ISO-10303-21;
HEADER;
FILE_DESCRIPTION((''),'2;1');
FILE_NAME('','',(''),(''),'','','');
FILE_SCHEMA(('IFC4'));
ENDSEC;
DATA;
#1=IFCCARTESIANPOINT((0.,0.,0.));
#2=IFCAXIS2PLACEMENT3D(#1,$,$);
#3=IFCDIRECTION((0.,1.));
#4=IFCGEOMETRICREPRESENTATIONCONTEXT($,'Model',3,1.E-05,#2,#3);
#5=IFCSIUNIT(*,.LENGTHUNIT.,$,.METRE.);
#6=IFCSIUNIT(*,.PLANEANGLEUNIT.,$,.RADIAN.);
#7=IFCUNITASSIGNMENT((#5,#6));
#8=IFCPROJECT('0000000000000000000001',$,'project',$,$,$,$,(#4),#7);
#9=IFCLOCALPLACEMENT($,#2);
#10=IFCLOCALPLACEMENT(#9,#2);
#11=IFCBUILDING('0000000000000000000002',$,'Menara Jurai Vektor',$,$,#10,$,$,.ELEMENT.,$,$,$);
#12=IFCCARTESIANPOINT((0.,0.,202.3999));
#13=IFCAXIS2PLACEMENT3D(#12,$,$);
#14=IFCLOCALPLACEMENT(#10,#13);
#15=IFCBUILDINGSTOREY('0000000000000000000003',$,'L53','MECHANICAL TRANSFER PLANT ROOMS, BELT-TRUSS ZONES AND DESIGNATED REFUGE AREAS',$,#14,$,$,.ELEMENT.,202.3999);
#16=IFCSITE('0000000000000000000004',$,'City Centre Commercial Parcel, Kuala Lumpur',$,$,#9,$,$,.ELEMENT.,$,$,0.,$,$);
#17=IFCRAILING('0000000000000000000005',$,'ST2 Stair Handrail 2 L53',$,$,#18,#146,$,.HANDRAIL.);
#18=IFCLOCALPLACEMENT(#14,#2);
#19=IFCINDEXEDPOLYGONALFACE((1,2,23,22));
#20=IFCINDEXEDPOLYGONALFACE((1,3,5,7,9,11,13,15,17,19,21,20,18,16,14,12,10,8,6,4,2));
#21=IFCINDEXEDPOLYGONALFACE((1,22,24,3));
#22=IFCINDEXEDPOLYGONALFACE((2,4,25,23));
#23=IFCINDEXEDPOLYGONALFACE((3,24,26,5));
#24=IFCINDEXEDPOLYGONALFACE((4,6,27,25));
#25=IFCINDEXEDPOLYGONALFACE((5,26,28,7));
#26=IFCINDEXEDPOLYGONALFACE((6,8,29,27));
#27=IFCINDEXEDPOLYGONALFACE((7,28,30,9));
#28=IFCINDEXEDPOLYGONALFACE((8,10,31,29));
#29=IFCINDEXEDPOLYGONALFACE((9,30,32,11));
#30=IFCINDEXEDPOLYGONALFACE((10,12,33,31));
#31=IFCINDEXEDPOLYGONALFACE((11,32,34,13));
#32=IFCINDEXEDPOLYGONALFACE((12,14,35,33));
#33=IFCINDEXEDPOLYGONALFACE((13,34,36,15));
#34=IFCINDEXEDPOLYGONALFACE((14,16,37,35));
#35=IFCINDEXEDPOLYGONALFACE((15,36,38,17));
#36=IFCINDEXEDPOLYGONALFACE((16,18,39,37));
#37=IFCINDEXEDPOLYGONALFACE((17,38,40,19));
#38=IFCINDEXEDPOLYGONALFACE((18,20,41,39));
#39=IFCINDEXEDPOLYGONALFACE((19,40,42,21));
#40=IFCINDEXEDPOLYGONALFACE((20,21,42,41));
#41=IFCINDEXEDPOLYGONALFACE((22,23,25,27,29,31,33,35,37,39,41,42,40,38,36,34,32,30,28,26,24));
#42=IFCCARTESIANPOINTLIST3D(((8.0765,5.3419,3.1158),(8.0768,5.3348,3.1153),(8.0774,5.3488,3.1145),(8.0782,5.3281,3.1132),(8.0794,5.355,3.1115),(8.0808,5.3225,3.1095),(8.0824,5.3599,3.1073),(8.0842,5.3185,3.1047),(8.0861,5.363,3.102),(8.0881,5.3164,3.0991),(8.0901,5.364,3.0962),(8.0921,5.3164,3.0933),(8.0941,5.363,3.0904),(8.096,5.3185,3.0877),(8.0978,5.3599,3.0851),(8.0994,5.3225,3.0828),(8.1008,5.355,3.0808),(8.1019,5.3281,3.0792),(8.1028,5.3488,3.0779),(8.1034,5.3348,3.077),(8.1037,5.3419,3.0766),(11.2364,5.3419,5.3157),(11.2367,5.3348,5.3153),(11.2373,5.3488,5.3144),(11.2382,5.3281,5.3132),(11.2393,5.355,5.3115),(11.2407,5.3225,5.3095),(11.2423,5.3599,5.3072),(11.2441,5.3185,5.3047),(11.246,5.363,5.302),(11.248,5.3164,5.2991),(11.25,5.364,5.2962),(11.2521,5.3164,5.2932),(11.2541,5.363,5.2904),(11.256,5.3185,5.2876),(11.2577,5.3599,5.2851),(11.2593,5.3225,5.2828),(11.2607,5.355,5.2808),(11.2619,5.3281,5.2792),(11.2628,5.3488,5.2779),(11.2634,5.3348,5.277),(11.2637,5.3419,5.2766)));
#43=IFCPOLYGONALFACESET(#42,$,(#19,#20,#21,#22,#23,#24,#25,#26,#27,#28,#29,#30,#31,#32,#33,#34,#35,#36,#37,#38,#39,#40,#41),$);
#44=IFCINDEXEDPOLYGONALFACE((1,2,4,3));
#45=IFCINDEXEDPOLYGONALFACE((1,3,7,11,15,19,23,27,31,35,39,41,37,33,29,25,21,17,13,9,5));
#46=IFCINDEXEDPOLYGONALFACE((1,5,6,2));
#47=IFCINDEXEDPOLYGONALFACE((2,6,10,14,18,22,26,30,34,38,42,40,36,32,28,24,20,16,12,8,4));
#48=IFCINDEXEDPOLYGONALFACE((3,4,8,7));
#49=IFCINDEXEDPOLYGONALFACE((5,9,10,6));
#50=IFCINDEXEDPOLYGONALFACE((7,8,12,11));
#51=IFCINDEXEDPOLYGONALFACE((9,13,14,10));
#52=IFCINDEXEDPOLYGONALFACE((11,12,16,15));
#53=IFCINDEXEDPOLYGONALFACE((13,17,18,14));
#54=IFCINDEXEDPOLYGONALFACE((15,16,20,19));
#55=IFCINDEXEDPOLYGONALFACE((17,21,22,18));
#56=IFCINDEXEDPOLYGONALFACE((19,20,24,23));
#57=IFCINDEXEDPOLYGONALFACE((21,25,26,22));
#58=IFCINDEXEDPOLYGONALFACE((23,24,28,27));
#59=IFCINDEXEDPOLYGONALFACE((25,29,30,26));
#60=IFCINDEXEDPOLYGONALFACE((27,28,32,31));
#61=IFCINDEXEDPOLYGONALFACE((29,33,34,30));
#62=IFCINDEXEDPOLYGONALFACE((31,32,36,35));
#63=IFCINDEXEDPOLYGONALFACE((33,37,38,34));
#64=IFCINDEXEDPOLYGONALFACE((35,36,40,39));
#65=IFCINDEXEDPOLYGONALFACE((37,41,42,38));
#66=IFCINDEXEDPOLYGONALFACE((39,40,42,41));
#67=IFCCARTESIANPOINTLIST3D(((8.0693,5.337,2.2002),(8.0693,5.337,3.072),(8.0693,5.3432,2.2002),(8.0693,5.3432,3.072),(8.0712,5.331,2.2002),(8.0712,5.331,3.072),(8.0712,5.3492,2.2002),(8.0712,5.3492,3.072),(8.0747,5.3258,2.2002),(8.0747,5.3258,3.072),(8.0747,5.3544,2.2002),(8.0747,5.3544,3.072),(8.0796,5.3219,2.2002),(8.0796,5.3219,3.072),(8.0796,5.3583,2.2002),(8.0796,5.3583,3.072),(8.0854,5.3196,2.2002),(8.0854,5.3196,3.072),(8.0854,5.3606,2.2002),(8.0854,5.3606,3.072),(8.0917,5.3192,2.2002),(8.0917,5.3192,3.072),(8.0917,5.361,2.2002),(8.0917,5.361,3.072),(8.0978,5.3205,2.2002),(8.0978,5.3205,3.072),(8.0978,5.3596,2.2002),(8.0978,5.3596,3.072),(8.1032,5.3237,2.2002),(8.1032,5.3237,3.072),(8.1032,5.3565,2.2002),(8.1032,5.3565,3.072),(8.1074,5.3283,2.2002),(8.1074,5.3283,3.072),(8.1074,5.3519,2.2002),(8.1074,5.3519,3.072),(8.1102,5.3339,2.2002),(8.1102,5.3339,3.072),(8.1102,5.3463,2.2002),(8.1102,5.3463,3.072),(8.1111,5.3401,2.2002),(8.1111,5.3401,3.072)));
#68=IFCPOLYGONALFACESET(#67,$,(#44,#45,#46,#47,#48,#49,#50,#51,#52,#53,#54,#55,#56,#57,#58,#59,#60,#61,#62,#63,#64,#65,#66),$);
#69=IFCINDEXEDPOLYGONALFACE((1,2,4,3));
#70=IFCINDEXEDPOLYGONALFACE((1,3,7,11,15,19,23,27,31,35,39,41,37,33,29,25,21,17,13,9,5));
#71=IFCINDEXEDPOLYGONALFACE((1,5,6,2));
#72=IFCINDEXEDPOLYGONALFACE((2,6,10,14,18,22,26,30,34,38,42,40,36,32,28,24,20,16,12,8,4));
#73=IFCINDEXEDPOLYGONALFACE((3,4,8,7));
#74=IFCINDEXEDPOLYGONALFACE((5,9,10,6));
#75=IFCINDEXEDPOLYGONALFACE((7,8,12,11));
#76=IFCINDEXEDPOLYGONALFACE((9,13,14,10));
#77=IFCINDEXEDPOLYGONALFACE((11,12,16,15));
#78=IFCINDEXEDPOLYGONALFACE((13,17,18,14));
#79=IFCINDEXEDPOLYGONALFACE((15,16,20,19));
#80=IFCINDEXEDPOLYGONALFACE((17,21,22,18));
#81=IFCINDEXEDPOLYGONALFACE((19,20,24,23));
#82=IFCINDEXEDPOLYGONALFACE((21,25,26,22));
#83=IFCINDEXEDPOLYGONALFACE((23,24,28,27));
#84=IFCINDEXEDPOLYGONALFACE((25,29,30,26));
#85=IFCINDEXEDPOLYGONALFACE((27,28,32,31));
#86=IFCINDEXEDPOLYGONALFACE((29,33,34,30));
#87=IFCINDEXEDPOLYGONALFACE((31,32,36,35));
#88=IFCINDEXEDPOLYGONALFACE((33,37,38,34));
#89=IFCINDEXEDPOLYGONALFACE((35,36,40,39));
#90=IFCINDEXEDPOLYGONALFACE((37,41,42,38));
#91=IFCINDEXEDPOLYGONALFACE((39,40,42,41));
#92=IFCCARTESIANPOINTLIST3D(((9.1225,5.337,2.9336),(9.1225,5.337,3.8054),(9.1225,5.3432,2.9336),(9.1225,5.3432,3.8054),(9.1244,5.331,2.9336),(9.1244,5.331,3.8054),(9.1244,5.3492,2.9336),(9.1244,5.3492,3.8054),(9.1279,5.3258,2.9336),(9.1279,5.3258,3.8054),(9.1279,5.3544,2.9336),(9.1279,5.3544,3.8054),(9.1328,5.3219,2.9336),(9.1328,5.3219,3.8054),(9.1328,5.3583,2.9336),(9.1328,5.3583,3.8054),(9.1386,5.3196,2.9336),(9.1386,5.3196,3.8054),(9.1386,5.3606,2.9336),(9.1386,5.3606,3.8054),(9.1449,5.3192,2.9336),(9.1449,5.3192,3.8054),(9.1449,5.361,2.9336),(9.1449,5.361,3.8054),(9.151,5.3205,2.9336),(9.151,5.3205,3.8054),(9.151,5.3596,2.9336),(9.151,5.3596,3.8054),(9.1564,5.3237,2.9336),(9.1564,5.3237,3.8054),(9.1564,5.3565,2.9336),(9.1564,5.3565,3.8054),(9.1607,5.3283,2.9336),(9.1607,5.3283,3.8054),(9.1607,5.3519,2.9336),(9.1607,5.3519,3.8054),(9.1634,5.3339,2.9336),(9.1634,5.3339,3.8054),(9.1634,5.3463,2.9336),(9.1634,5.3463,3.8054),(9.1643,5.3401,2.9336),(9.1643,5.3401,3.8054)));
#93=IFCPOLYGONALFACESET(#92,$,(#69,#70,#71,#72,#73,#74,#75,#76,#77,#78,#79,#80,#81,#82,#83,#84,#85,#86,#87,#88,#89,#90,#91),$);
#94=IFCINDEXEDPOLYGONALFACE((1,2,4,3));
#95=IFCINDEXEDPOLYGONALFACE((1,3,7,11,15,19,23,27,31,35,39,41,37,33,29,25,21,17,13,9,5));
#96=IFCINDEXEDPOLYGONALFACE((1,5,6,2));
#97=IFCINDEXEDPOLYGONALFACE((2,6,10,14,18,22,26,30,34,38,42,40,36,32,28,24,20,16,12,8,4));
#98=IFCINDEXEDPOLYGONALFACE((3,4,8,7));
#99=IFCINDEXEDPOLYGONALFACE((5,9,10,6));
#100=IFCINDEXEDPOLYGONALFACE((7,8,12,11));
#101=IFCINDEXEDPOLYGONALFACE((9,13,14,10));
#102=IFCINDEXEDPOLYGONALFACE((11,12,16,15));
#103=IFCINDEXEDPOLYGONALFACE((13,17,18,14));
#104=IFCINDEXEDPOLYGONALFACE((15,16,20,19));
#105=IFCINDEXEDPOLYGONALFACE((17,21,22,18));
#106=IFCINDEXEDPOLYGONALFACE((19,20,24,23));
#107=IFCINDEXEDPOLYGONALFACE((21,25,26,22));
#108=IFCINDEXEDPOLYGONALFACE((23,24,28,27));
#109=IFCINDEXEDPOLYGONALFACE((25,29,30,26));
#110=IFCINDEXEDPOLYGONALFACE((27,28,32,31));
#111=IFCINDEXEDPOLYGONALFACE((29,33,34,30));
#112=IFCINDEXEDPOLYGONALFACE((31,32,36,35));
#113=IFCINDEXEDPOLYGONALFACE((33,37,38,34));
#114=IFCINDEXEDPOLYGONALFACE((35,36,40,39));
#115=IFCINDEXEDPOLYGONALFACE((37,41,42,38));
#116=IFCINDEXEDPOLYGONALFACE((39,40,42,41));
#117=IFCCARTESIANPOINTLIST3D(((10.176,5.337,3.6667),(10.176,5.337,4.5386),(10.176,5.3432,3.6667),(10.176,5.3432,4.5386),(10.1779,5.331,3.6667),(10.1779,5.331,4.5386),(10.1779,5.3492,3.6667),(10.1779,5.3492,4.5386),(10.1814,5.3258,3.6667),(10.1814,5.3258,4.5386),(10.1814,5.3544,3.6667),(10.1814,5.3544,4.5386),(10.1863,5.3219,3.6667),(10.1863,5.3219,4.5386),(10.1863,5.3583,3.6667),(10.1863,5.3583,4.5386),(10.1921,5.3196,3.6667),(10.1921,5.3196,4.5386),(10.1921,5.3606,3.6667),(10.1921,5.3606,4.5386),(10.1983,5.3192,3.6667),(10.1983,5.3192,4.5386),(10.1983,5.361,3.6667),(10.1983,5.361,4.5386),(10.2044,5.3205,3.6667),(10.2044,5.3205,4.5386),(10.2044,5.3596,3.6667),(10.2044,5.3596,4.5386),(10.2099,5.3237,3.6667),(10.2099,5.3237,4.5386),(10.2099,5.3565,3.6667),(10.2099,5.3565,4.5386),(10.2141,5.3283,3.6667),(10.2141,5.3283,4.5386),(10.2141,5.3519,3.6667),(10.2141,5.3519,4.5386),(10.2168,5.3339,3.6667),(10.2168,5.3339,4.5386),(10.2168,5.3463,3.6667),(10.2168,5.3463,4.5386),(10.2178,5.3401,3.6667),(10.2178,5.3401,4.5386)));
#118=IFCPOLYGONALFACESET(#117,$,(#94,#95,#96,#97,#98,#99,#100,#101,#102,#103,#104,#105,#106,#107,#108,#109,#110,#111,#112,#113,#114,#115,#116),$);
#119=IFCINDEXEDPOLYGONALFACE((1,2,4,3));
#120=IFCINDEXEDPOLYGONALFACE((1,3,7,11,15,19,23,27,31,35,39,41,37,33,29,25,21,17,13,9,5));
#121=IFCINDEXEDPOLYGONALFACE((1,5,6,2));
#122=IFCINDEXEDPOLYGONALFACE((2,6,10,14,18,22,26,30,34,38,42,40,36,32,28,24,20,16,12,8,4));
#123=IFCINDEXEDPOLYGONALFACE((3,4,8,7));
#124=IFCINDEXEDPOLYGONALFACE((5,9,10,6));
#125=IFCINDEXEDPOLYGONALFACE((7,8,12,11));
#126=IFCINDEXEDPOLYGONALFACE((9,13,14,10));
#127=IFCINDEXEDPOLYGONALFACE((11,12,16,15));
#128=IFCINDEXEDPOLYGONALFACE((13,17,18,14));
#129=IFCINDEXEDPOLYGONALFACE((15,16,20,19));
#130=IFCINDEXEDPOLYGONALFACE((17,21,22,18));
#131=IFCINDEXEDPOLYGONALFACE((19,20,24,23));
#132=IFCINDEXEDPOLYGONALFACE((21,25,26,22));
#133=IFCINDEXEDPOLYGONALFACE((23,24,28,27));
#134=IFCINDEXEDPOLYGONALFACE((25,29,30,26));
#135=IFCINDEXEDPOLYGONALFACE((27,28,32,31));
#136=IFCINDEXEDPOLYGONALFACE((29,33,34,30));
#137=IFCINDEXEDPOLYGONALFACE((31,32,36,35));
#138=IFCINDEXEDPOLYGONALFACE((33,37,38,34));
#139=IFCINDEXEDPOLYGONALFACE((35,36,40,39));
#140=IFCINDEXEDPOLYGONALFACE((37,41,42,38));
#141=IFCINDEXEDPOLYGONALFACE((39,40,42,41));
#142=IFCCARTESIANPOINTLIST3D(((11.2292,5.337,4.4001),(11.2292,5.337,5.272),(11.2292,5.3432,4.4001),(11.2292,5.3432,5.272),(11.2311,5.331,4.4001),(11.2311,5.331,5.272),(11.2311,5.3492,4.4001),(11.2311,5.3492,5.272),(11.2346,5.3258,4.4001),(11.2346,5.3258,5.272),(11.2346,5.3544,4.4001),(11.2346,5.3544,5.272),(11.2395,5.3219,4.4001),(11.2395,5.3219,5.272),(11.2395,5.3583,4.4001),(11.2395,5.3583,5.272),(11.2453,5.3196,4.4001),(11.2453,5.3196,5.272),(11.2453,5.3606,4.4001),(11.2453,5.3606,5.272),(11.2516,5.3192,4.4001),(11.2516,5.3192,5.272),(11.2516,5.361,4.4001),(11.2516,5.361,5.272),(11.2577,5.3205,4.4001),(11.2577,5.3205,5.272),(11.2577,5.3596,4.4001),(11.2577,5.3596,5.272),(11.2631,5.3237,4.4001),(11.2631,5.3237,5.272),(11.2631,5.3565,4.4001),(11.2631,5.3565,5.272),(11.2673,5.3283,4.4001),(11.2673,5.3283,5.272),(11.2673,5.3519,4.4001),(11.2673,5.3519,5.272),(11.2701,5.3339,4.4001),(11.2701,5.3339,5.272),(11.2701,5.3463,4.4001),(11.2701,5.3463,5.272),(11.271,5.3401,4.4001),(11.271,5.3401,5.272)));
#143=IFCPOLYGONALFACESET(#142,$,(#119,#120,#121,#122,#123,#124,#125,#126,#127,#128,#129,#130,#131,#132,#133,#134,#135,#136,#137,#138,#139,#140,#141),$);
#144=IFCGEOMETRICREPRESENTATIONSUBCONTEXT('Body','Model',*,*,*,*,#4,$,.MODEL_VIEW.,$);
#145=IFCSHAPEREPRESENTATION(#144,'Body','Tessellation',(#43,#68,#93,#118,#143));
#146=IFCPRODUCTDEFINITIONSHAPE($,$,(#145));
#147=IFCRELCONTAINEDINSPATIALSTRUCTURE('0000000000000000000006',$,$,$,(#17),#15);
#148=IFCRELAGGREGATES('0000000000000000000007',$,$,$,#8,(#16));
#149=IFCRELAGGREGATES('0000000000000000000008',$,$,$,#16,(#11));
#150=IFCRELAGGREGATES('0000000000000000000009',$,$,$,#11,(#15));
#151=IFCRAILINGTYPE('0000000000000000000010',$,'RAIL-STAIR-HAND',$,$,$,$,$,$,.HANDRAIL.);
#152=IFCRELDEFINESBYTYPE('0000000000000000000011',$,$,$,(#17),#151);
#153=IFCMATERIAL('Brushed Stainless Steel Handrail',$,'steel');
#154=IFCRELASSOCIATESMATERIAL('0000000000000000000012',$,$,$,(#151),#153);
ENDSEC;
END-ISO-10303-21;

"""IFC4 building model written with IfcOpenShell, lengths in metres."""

from ifc_helpers import new_model, si_unit, direction, frame, origin, origin_2d, place, context, subcontext, project, spatial, circle, extrude, material, type_object, element, save


model = new_model("IFC4")

# Units and contexts
model_context = context("Model", 3, precision=1e-05, world=origin(), true_north=direction((0.0, 1.0)))
body_context = subcontext(model_context, "Body", "Model", "MODEL_VIEW")
ifc_project = project(units=[si_unit("LENGTHUNIT", "METRE"), si_unit("PLANEANGLEUNIT", "RADIAN")], contexts=[model_context])

# Site, building, storey
site_placement = place(None, origin())
site = spatial("IfcSite", under=ifc_project, at=site_placement, Name="City Centre Commercial Parcel, Kuala Lumpur", CompositionType="ELEMENT", RefElevation=0.0)
building_placement = place(site_placement, origin())
building = spatial("IfcBuilding", under=site, at=building_placement, Name="Menara Jurai Vektor", CompositionType="ELEMENT")
storey_placement = place(building_placement, frame((0.0, 0.0, 202.3999)))
storey = spatial("IfcBuildingStorey", under=building, at=storey_placement, Name="L53", Description="MECHANICAL TRANSFER PLANT ROOMS, BELT-TRUSS ZONES AND DESIGNATED REFUGE AREAS", CompositionType="ELEMENT", Elevation=202.3999)

# Railing
ifc_material_1 = material(Name="Brushed Stainless Steel Handrail", Category="steel")
railing_type_1 = type_object("IfcRailingType", Name="RAIL-STAIR-HAND", PredefinedType="HANDRAIL", material=ifc_material_1)
railing_1_placement = place(storey_placement, frame((8.0901, 5.3401, 2.2002)))
element("IfcRailing", 1, at=railing_1_placement, inside=storey, type_object=railing_type_1, Name="ST2 Stair Handrail 2 L53", PredefinedType="HANDRAIL", context=body_context, shape_type="SweptSolid", body=[
    extrude(circle(Radius=0.0239, at=origin_2d()), frame((0.0, 0.0, 0.896), z_axis=(0.820692, 0.0, 0.571371), x_axis=(0.0, 1.0, 0.0)), (0.0, 0.0, 1.0), 3.8503),
    extrude(circle(Radius=0.021, at=origin_2d()), origin(), (0.0, 0.0, 1.0), 0.8718),
    extrude(circle(Radius=0.021, at=origin_2d()), frame((1.0532, 0.0, 0.7334)), (0.0, 0.0, 1.0), 0.8718),
    extrude(circle(Radius=0.021, at=origin_2d()), frame((2.1067, 0.0, 1.4666)), (0.0, 0.0, 1.0), 0.8718),
    extrude(circle(Radius=0.021, at=origin_2d()), frame((3.1599, 0.0, 2.2)), (0.0, 0.0, 1.0), 0.8718),
])

save(model, "model.ifc")
